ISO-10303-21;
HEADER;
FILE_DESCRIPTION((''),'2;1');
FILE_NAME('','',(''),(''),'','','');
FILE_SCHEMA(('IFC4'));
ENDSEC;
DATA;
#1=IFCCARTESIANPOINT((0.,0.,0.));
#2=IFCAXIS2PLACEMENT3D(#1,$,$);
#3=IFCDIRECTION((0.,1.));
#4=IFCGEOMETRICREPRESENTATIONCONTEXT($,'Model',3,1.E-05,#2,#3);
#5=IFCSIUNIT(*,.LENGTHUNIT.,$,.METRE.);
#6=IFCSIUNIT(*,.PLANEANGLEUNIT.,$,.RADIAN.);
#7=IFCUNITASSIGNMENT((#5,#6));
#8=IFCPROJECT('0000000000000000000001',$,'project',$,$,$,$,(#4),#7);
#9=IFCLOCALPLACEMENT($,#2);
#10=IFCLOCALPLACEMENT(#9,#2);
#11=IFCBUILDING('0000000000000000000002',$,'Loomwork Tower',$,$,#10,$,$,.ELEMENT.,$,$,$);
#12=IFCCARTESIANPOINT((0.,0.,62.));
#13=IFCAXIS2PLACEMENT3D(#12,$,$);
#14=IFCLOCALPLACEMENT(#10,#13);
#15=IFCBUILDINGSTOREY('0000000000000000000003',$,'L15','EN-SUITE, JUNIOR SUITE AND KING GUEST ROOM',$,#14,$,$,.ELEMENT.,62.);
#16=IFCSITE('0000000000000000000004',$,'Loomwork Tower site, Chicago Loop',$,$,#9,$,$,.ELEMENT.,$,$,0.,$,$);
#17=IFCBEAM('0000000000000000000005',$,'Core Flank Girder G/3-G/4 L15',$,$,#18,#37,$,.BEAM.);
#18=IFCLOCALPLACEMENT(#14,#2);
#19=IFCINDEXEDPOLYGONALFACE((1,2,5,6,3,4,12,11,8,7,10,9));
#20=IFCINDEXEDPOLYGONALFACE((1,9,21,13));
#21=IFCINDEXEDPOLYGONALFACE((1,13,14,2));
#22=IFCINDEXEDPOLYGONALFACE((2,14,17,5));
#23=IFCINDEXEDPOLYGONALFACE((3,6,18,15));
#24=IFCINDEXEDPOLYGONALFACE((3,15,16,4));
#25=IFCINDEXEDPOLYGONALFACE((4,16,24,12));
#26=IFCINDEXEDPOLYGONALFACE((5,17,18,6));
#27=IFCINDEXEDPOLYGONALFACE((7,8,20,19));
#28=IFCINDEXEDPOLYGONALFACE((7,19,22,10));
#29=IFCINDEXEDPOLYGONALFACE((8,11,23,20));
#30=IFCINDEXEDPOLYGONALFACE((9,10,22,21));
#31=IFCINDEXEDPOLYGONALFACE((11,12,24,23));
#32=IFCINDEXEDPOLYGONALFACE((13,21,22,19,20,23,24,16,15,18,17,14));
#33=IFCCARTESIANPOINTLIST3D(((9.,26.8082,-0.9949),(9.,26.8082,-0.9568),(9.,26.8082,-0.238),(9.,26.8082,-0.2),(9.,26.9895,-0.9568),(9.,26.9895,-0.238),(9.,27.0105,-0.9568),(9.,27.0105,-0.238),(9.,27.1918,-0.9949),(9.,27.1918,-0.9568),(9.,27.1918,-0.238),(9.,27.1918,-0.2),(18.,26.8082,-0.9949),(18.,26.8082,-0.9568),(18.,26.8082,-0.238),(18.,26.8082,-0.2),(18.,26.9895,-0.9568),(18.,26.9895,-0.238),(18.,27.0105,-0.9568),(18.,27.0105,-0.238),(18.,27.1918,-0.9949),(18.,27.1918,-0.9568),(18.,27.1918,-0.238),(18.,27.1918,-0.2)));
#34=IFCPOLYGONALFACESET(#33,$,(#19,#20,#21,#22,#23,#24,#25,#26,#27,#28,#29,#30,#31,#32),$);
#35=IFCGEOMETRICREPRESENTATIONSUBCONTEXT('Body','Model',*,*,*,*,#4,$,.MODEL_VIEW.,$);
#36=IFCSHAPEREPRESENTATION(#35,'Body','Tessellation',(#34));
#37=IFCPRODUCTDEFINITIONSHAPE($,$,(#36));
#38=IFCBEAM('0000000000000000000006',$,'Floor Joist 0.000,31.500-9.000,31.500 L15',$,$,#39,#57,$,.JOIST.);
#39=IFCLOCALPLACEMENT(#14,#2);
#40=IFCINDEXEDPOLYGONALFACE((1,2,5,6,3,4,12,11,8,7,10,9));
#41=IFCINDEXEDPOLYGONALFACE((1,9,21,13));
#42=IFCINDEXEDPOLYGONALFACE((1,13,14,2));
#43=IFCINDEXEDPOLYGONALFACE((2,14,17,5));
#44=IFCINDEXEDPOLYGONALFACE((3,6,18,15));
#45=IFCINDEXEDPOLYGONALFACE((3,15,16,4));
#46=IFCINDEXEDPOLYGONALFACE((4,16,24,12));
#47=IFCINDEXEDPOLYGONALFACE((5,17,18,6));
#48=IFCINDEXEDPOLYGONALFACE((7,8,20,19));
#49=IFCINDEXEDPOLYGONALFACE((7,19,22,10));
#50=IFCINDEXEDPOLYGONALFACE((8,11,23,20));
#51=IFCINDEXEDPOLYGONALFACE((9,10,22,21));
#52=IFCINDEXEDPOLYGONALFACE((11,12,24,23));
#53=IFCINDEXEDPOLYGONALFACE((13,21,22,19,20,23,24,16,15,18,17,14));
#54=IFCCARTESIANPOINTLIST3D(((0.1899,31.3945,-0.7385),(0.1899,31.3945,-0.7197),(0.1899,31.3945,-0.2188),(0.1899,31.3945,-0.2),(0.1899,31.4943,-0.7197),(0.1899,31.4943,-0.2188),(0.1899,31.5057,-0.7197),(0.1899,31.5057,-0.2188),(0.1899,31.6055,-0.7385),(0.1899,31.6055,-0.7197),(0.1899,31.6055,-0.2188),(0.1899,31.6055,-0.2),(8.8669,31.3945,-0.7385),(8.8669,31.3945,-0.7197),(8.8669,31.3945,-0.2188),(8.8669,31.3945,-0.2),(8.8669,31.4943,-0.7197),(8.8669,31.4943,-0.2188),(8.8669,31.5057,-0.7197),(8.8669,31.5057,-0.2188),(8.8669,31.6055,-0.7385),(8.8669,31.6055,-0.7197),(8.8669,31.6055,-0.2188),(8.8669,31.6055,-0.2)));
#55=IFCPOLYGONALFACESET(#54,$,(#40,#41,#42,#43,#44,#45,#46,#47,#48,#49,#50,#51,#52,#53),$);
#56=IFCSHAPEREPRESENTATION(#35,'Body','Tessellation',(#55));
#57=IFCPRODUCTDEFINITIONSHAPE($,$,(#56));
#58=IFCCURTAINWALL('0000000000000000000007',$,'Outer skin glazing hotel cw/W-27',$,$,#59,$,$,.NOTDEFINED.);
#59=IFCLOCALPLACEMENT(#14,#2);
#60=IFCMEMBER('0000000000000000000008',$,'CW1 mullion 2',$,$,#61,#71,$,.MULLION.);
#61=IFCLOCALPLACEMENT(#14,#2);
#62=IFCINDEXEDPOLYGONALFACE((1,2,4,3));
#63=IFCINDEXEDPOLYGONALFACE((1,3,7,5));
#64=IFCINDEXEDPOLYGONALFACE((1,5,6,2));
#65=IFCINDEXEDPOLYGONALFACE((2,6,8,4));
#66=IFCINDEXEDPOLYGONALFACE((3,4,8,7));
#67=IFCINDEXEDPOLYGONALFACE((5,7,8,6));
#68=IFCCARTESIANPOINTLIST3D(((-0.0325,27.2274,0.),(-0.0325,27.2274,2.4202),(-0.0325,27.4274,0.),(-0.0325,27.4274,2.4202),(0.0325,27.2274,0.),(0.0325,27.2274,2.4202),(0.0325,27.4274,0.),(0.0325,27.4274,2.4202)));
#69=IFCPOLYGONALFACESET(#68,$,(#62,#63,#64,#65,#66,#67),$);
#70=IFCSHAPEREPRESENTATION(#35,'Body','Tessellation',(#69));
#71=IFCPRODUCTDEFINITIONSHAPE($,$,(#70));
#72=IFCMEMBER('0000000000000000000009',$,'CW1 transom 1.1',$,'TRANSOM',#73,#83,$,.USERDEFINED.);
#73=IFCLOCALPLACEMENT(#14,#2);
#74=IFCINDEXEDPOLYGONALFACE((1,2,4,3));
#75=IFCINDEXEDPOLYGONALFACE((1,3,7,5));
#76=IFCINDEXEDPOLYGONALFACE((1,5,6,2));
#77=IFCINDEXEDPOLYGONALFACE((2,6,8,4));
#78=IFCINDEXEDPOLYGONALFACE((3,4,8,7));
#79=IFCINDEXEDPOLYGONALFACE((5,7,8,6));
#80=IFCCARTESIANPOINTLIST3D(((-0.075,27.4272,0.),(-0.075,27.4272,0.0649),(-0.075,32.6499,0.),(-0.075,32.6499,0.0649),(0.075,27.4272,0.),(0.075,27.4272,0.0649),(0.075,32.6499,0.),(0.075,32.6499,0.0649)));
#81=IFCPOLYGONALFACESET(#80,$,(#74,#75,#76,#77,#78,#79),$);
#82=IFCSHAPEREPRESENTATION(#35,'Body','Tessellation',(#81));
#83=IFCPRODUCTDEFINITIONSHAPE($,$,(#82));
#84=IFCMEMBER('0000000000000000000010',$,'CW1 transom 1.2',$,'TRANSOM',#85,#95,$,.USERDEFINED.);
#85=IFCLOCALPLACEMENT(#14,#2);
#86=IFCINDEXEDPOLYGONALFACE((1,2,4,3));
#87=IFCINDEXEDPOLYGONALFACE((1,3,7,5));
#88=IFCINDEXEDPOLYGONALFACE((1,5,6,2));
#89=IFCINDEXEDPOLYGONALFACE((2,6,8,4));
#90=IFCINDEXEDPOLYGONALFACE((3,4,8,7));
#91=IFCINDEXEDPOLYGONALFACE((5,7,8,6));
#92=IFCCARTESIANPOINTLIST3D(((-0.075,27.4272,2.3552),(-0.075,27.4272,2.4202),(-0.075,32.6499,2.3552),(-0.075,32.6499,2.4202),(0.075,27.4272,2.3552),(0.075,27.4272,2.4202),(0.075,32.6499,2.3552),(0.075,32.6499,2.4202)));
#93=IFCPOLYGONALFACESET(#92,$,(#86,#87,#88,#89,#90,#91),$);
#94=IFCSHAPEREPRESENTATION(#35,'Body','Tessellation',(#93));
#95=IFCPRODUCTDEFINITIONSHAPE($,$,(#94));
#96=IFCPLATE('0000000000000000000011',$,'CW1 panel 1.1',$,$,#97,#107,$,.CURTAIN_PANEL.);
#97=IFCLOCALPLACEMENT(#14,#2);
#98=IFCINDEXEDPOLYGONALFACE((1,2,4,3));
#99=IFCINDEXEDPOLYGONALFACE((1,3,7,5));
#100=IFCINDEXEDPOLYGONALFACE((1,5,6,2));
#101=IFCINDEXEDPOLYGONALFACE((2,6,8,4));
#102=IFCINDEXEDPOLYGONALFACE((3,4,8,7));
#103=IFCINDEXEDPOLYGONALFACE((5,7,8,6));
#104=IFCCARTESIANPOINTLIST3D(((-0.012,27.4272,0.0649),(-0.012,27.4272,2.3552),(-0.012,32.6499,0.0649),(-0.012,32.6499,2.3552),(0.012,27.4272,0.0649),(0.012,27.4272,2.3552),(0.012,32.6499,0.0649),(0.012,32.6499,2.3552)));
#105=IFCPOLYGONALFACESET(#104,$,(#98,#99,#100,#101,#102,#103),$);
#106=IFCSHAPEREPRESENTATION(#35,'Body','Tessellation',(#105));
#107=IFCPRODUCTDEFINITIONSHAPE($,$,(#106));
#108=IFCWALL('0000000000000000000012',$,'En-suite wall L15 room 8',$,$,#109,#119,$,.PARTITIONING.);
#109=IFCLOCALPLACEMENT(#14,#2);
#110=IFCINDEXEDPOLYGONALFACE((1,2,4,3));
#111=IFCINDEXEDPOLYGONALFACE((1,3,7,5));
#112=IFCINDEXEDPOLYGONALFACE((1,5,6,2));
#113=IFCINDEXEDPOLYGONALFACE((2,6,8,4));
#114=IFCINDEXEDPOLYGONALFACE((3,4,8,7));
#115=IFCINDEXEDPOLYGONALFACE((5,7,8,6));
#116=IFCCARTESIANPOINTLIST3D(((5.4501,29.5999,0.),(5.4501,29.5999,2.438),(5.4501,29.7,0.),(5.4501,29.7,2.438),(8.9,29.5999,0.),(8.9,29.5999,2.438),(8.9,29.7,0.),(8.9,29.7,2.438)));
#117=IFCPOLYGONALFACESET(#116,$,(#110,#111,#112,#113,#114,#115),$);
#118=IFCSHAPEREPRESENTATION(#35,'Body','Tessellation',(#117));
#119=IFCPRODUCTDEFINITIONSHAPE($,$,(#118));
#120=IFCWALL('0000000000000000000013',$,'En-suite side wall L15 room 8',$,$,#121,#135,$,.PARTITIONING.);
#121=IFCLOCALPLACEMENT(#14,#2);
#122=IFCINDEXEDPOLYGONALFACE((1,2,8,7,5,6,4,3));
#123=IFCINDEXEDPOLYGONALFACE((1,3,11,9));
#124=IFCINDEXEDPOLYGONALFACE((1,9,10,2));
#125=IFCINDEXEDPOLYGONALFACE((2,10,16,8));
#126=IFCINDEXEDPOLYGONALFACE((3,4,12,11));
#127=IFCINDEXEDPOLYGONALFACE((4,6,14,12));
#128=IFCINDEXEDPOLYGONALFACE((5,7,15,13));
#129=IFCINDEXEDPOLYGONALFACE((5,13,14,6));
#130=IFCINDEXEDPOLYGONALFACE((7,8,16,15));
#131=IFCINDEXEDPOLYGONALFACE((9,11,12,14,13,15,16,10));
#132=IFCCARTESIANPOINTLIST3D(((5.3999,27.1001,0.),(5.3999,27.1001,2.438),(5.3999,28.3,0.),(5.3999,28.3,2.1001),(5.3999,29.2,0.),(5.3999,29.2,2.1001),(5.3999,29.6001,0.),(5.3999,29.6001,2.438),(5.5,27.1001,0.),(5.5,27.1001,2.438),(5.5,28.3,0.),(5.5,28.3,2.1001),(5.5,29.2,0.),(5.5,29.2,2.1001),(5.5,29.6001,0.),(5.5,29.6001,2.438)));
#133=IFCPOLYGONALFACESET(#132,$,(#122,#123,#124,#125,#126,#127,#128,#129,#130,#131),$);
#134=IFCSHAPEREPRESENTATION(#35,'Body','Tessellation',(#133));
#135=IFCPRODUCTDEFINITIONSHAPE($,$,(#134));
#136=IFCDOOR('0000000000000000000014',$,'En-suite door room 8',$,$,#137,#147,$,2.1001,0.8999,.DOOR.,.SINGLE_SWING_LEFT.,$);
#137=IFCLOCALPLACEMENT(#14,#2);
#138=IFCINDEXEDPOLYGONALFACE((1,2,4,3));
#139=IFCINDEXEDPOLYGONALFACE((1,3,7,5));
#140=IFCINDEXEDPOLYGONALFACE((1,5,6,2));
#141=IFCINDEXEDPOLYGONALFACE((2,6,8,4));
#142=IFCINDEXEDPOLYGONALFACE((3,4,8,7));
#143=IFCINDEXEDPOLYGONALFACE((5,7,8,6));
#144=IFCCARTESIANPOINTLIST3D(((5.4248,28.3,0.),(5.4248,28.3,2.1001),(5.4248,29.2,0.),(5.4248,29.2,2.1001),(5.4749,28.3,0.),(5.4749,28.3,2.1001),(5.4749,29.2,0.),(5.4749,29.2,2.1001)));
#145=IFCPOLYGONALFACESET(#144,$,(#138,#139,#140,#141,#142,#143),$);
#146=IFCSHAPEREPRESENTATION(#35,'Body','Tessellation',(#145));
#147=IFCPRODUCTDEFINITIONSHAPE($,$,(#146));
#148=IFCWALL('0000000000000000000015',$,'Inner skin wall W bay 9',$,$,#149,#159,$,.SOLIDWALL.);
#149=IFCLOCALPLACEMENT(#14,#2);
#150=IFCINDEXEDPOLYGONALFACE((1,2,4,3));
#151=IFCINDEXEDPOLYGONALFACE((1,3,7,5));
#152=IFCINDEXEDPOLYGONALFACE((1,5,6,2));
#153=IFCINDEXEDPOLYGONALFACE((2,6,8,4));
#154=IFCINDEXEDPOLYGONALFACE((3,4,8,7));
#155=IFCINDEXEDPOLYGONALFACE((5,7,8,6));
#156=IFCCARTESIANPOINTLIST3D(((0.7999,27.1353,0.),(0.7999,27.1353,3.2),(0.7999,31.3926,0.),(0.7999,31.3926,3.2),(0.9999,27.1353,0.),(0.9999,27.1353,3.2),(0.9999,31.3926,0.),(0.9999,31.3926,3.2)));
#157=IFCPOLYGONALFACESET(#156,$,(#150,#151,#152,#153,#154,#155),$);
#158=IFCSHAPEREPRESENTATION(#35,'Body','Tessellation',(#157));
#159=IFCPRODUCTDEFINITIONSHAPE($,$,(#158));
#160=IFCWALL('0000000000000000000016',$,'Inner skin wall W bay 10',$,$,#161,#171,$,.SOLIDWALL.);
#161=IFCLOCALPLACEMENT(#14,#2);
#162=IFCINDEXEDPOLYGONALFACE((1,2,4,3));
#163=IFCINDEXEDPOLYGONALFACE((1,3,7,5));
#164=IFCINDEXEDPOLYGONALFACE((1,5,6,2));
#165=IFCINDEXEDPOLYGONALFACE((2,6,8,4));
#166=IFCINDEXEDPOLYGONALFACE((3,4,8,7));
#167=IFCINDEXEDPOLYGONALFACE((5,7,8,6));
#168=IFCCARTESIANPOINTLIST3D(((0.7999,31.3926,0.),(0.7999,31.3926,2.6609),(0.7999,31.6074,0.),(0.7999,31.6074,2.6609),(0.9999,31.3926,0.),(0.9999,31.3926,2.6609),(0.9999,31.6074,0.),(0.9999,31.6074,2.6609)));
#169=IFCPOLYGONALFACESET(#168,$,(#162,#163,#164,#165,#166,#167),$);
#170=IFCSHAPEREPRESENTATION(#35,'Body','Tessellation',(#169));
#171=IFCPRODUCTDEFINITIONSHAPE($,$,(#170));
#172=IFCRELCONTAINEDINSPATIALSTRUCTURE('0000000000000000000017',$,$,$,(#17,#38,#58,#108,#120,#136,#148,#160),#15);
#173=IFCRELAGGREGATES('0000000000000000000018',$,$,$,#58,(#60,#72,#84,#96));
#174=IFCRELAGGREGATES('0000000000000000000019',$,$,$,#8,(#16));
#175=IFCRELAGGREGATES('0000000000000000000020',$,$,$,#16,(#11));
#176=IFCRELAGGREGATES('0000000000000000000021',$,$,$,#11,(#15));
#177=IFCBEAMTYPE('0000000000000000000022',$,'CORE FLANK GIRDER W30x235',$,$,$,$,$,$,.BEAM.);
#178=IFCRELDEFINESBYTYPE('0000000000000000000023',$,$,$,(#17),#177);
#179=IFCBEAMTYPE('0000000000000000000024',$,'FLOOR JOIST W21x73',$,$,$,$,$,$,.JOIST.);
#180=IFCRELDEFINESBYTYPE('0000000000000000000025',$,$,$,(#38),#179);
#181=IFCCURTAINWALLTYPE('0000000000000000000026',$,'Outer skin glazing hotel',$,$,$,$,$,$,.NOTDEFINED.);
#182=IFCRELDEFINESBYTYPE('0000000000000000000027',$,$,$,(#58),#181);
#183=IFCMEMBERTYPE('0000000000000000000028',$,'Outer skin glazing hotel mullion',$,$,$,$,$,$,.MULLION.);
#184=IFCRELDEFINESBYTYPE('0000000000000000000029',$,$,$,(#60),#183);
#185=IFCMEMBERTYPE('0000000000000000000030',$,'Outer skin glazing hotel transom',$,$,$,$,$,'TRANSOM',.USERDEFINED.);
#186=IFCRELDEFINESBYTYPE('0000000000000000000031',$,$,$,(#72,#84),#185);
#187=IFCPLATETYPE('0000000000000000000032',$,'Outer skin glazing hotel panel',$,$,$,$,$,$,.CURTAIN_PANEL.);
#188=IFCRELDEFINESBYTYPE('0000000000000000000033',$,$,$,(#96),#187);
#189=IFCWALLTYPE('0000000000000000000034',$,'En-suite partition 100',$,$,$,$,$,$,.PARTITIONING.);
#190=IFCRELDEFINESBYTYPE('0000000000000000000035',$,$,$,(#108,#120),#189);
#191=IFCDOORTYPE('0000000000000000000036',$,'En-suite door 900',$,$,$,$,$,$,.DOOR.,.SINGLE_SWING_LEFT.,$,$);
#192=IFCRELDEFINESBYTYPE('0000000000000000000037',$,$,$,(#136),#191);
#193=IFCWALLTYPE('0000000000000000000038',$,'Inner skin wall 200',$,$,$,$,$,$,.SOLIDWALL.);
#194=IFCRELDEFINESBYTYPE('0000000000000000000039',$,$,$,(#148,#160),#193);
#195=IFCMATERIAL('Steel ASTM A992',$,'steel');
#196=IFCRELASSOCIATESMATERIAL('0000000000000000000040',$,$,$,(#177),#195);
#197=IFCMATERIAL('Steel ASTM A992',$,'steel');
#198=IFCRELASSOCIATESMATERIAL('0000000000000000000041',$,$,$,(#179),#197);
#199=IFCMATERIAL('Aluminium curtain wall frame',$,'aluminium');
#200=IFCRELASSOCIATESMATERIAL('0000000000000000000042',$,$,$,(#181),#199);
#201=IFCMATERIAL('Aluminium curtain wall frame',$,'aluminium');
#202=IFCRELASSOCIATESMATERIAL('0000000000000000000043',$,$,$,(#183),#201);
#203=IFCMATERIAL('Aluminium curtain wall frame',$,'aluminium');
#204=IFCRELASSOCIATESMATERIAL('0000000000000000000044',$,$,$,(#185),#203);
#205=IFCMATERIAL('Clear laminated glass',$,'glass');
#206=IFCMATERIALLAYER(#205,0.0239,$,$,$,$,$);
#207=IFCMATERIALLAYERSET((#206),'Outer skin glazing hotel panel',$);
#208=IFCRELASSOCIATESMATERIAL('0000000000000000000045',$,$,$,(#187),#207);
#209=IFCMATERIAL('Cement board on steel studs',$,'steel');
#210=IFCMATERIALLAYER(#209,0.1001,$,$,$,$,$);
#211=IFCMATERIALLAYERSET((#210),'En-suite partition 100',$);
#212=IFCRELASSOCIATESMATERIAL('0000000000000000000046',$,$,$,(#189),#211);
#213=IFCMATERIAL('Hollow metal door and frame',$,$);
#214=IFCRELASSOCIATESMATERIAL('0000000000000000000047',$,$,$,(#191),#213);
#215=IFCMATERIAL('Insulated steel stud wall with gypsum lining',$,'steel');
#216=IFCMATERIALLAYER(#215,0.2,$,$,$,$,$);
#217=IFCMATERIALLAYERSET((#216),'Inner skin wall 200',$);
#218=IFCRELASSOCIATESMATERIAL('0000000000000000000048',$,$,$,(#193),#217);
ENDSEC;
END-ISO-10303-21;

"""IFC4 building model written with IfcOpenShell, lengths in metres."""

from ifc_helpers import new_model, si_unit, direction, frame, frame_2d, origin, origin_2d, place, context, subcontext, project, spatial, rectangle, i_section, extrude, material, layer, layer_set, material_profile, profile_set, type_object, element, fill, aggregate, save


model = new_model("IFC4")

# Units and contexts
model_context = context("Model", 3, precision=1e-05, world=origin(), true_north=direction((0.0, 1.0)))
body_context = subcontext(model_context, "Body", "Model", "MODEL_VIEW")
ifc_project = project(units=[si_unit("LENGTHUNIT", "METRE"), si_unit("PLANEANGLEUNIT", "RADIAN")], contexts=[model_context])

# Site, building, storey
site_placement = place(None, origin())
site = spatial("IfcSite", under=ifc_project, at=site_placement, Name="Loomwork Tower site, Chicago Loop", CompositionType="ELEMENT", RefElevation=0.0)
building_placement = place(site_placement, origin())
building = spatial("IfcBuilding", under=site, at=building_placement, Name="Loomwork Tower", CompositionType="ELEMENT")
storey_placement = place(building_placement, frame((0.0, 0.0, 62.0)))
storey = spatial("IfcBuildingStorey", under=building, at=storey_placement, Name="L15", Description="EN-SUITE, JUNIOR SUITE AND KING GUEST ROOM", CompositionType="ELEMENT", Elevation=62.0)

# Beams
ifc_material_1 = material(Name="Steel ASTM A992", Category="steel")
ifc_material_profile_1 = material_profile(ifc_material_1, i_section(OverallWidth=0.3835, OverallDepth=0.7949, WebThickness=0.021, FlangeThickness=0.0381, at=origin_2d()), Name="W30x235")
ifc_profile_set_1 = profile_set([ifc_material_profile_1], Name="Steel ASTM A992")
beam_type_1 = type_object("IfcBeamType", Name="CORE FLANK GIRDER W30x235", PredefinedType="BEAM", material=ifc_profile_set_1)
beam_1_placement = place(storey_placement, frame((9.0, 27.0, -0.5974), z_axis=(1.0, 0.0, 0.0), x_axis=(0.0, 1.0, 0.0)))
element("IfcBeam", 1, at=beam_1_placement, inside=storey, type_object=beam_type_1, Name="Core Flank Girder G/3-G/4 L15", PredefinedType="BEAM", context=body_context, shape_type="SweptSolid", body=[
    extrude(i_section(OverallWidth=0.3835, OverallDepth=0.7949, WebThickness=0.021, FlangeThickness=0.0381, at=origin_2d()), origin(), (0.0, 0.0, 1.0), 9.0),
])
ifc_material_2 = material(Name="Steel ASTM A992", Category="steel")
ifc_material_profile_2 = material_profile(ifc_material_2, i_section(OverallWidth=0.2109, OverallDepth=0.5386, WebThickness=0.0115, FlangeThickness=0.0188, at=origin_2d()), Name="W21x73")
ifc_profile_set_2 = profile_set([ifc_material_profile_2], Name="Steel ASTM A992")
beam_type_2 = type_object("IfcBeamType", Name="FLOOR JOIST W21x73", PredefinedType="JOIST", material=ifc_profile_set_2)
beam_2_placement = place(storey_placement, frame((0.1899, 31.5, -0.4692), z_axis=(1.0, 0.0, 0.0), x_axis=(0.0, 1.0, 0.0)))
element("IfcBeam", 2, at=beam_2_placement, inside=storey, type_object=beam_type_2, Name="Floor Joist 0.000,31.500-9.000,31.500 L15", PredefinedType="JOIST", context=body_context, shape_type="SweptSolid", body=[
    extrude(i_section(OverallWidth=0.2109, OverallDepth=0.5386, WebThickness=0.0115, FlangeThickness=0.0188, at=origin_2d()), origin(), (0.0, 0.0, 1.0), 8.677),
])

# Curtain wall, members, plate
ifc_material_3 = material(Name="Aluminium curtain wall frame", Category="aluminium")
curtain_wall_type = type_object("IfcCurtainWallType", Name="Outer skin glazing hotel", PredefinedType="NOTDEFINED", material=ifc_material_3)
curtain_wall_placement = place(storey_placement, origin())
curtain_wall = element("IfcCurtainWall", 3, at=curtain_wall_placement, inside=storey, type_object=curtain_wall_type, Name="Outer skin glazing hotel cw/W-27", PredefinedType="NOTDEFINED")
ifc_material_4 = material(Name="Aluminium curtain wall frame", Category="aluminium")
ifc_material_profile_3 = material_profile(ifc_material_4, rectangle(XDim=0.0649, YDim=0.2, at=origin_2d()), Name="AL 65x200")
ifc_profile_set_3 = profile_set([ifc_material_profile_3], Name="Aluminium curtain wall frame")
member_type_1 = type_object("IfcMemberType", Name="Outer skin glazing hotel mullion", PredefinedType="MULLION", material=ifc_profile_set_3)
member_1_placement = place(storey_placement, frame((0.0, 27.3274, 0.0), z_axis=(0.0, 0.0, 1.0), x_axis=(1.0, 0.0, 0.0)))
member_1 = element("IfcMember", 4, at=member_1_placement, type_object=member_type_1, Name="CW1 mullion 2", PredefinedType="MULLION", context=body_context, shape_type="SweptSolid", body=[
    extrude(rectangle(XDim=0.0649, YDim=0.2, at=origin_2d()), origin(), (0.0, 0.0, 1.0), 2.4202),
])
ifc_material_5 = material(Name="Aluminium curtain wall frame", Category="aluminium")
ifc_material_profile_4 = material_profile(ifc_material_5, rectangle(XDim=0.1499, YDim=0.0649, at=origin_2d()), Name="AL 65x150")
ifc_profile_set_4 = profile_set([ifc_material_profile_4], Name="Aluminium curtain wall frame")
member_type_2 = type_object("IfcMemberType", Name="Outer skin glazing hotel transom", ElementType="TRANSOM", PredefinedType="USERDEFINED", material=ifc_profile_set_4)
member_2_placement = place(storey_placement, frame((0.0, 32.6499, 0.0325), z_axis=(0.0, -1.0, 0.0), x_axis=(1.0, 0.0, 0.0)))
member_2 = element("IfcMember", 5, at=member_2_placement, type_object=member_type_2, Name="CW1 transom 1.1", ObjectType="TRANSOM", PredefinedType="USERDEFINED", context=body_context, shape_type="SweptSolid", body=[
    extrude(rectangle(XDim=0.1499, YDim=0.0649, at=origin_2d()), origin(), (0.0, 0.0, 1.0), 5.2227),
])
member_3_placement = place(storey_placement, frame((0.0, 32.6499, 2.3877), z_axis=(0.0, -1.0, 0.0), x_axis=(1.0, 0.0, 0.0)))
member_3 = element("IfcMember", 6, at=member_3_placement, type_object=member_type_2, Name="CW1 transom 1.2", ObjectType="TRANSOM", PredefinedType="USERDEFINED", context=body_context, shape_type="SweptSolid", body=[
    extrude(rectangle(XDim=0.1499, YDim=0.0649, at=origin_2d()), origin(), (0.0, 0.0, 1.0), 5.2227),
])
ifc_material_6 = material(Name="Clear laminated glass", Category="glass")
ifc_layer_1 = layer(ifc_material_6, 0.0239)
ifc_layer_set_1 = layer_set([ifc_layer_1], Name="Outer skin glazing hotel panel")
plate_type = type_object("IfcPlateType", Name="Outer skin glazing hotel panel", PredefinedType="CURTAIN_PANEL", material=ifc_layer_set_1)
plate_placement = place(storey_placement, frame((0.0, 30.0386, 0.0649), z_axis=(0.0, 0.0, 1.0), x_axis=(0.0, -1.0, 0.0)))
plate = element("IfcPlate", 7, at=plate_placement, type_object=plate_type, Name="CW1 panel 1.1", PredefinedType="CURTAIN_PANEL", context=body_context, shape_type="SweptSolid", body=[
    extrude(rectangle(XDim=5.2227, YDim=0.0239, at=origin_2d()), origin(), (0.0, 0.0, 1.0), 2.2903),
])
aggregate(curtain_wall, [member_1, member_2, member_3, plate])

# Wall
ifc_material_7 = material(Name="Cement board on steel studs", Category="steel")
ifc_layer_2 = layer(ifc_material_7, 0.1001)
ifc_layer_set_2 = layer_set([ifc_layer_2], Name="En-suite partition 100")
wall_type_1 = type_object("IfcWallType", Name="En-suite partition 100", PredefinedType="PARTITIONING", material=ifc_layer_set_2)
wall_1_placement = place(storey_placement, frame((5.45, 29.6499, 0.0), z_axis=(0.0, 0.0, 1.0), x_axis=(1.0, 0.0, 0.0)))
element("IfcWall", 8, at=wall_1_placement, inside=storey, type_object=wall_type_1, Name="En-suite wall L15 room 8", PredefinedType="PARTITIONING", context=body_context, shape_type="SweptSolid", body=[
    extrude(rectangle(XDim=3.45, YDim=0.1001, at=frame_2d((1.7251, 0.0))), origin(), (0.0, 0.0, 1.0), 2.438),
])

# Wall, opening, door
wall_2_placement = place(storey_placement, frame((5.45, 27.1001, 0.0), z_axis=(0.0, 0.0, 1.0), x_axis=(0.0, 1.0, 0.0)))
wall_2 = element("IfcWall", 9, at=wall_2_placement, inside=storey, type_object=wall_type_1, Name="En-suite side wall L15 room 8", PredefinedType="PARTITIONING", context=body_context, shape_type="SweptSolid", body=[
    extrude(rectangle(XDim=2.5, YDim=0.1001, at=frame_2d((1.25, 0.0))), origin(), (0.0, 0.0, 1.0), 2.438),
])
opening_placement = place(wall_2_placement, frame((1.2, 0.0, 0.0)))
opening = element("IfcOpeningElement", 10, at=opening_placement, cuts=wall_2, PredefinedType="OPENING", context=body_context, shape_type="SweptSolid", body=[
    extrude(rectangle(XDim=0.8999, YDim=2.1001, at=frame_2d((0.45, 1.05))), frame((0.0, 0.0601, 0.0), z_axis=(0.0, -1.0, 0.0), x_axis=(1.0, 0.0, 0.0)), (0.0, 0.0, 1.0), 0.1201),
])
ifc_material_8 = material(Name="Hollow metal door and frame")
door_type = type_object("IfcDoorType", Name="En-suite door 900", OperationType="SINGLE_SWING_LEFT", PredefinedType="DOOR", material=ifc_material_8)
door_placement = place(opening_placement, frame((0.8999, 0.0, 0.0), z_axis=(0.0, 0.0, 1.0), x_axis=(-1.0, 0.0, 0.0)))
door = element("IfcDoor", 11, at=door_placement, inside=storey, type_object=door_type, Name="En-suite door room 8", OperationType="SINGLE_SWING_LEFT", OverallHeight=2.1001, OverallWidth=0.8999, PredefinedType="DOOR", context=body_context, shape_type="SweptSolid", body=[
    extrude(rectangle(XDim=0.8999, YDim=2.1001, at=frame_2d((0.45, 1.05))), frame((0.0, 0.0249, 0.0), z_axis=(0.0, -1.0, 0.0), x_axis=(1.0, 0.0, 0.0)), (0.0, 0.0, 1.0), 0.05),
])
fill(opening, door)

# Walls
ifc_material_9 = material(Name="Insulated steel stud wall with gypsum lining", Category="steel")
ifc_layer_3 = layer(ifc_material_9, 0.2)
ifc_layer_set_3 = layer_set([ifc_layer_3], Name="Inner skin wall 200")
wall_type_2 = type_object("IfcWallType", Name="Inner skin wall 200", PredefinedType="SOLIDWALL", material=ifc_layer_set_3)
wall_3_placement = place(storey_placement, frame((0.8999, 27.1353, 0.0), z_axis=(0.0, 0.0, 1.0), x_axis=(0.0, 1.0, 0.0)))
element("IfcWall", 12, at=wall_3_placement, inside=storey, type_object=wall_type_2, Name="Inner skin wall W bay 9", PredefinedType="SOLIDWALL", context=body_context, shape_type="SweptSolid", body=[
    extrude(rectangle(XDim=4.2573, YDim=0.2, at=frame_2d((2.1287, 0.0))), origin(), (0.0, 0.0, 1.0), 3.2),
])
wall_4_placement = place(storey_placement, frame((0.8999, 31.3926, 0.0), z_axis=(0.0, 0.0, 1.0), x_axis=(0.0, 1.0, 0.0)))
element("IfcWall", 13, at=wall_4_placement, inside=storey, type_object=wall_type_2, Name="Inner skin wall W bay 10", PredefinedType="SOLIDWALL", context=body_context, shape_type="SweptSolid", body=[
    extrude(rectangle(XDim=0.2148, YDim=0.2, at=frame_2d((0.1074, 0.0))), origin(), (0.0, 0.0, 1.0), 2.6609),
])

save(model, "model.ifc")
